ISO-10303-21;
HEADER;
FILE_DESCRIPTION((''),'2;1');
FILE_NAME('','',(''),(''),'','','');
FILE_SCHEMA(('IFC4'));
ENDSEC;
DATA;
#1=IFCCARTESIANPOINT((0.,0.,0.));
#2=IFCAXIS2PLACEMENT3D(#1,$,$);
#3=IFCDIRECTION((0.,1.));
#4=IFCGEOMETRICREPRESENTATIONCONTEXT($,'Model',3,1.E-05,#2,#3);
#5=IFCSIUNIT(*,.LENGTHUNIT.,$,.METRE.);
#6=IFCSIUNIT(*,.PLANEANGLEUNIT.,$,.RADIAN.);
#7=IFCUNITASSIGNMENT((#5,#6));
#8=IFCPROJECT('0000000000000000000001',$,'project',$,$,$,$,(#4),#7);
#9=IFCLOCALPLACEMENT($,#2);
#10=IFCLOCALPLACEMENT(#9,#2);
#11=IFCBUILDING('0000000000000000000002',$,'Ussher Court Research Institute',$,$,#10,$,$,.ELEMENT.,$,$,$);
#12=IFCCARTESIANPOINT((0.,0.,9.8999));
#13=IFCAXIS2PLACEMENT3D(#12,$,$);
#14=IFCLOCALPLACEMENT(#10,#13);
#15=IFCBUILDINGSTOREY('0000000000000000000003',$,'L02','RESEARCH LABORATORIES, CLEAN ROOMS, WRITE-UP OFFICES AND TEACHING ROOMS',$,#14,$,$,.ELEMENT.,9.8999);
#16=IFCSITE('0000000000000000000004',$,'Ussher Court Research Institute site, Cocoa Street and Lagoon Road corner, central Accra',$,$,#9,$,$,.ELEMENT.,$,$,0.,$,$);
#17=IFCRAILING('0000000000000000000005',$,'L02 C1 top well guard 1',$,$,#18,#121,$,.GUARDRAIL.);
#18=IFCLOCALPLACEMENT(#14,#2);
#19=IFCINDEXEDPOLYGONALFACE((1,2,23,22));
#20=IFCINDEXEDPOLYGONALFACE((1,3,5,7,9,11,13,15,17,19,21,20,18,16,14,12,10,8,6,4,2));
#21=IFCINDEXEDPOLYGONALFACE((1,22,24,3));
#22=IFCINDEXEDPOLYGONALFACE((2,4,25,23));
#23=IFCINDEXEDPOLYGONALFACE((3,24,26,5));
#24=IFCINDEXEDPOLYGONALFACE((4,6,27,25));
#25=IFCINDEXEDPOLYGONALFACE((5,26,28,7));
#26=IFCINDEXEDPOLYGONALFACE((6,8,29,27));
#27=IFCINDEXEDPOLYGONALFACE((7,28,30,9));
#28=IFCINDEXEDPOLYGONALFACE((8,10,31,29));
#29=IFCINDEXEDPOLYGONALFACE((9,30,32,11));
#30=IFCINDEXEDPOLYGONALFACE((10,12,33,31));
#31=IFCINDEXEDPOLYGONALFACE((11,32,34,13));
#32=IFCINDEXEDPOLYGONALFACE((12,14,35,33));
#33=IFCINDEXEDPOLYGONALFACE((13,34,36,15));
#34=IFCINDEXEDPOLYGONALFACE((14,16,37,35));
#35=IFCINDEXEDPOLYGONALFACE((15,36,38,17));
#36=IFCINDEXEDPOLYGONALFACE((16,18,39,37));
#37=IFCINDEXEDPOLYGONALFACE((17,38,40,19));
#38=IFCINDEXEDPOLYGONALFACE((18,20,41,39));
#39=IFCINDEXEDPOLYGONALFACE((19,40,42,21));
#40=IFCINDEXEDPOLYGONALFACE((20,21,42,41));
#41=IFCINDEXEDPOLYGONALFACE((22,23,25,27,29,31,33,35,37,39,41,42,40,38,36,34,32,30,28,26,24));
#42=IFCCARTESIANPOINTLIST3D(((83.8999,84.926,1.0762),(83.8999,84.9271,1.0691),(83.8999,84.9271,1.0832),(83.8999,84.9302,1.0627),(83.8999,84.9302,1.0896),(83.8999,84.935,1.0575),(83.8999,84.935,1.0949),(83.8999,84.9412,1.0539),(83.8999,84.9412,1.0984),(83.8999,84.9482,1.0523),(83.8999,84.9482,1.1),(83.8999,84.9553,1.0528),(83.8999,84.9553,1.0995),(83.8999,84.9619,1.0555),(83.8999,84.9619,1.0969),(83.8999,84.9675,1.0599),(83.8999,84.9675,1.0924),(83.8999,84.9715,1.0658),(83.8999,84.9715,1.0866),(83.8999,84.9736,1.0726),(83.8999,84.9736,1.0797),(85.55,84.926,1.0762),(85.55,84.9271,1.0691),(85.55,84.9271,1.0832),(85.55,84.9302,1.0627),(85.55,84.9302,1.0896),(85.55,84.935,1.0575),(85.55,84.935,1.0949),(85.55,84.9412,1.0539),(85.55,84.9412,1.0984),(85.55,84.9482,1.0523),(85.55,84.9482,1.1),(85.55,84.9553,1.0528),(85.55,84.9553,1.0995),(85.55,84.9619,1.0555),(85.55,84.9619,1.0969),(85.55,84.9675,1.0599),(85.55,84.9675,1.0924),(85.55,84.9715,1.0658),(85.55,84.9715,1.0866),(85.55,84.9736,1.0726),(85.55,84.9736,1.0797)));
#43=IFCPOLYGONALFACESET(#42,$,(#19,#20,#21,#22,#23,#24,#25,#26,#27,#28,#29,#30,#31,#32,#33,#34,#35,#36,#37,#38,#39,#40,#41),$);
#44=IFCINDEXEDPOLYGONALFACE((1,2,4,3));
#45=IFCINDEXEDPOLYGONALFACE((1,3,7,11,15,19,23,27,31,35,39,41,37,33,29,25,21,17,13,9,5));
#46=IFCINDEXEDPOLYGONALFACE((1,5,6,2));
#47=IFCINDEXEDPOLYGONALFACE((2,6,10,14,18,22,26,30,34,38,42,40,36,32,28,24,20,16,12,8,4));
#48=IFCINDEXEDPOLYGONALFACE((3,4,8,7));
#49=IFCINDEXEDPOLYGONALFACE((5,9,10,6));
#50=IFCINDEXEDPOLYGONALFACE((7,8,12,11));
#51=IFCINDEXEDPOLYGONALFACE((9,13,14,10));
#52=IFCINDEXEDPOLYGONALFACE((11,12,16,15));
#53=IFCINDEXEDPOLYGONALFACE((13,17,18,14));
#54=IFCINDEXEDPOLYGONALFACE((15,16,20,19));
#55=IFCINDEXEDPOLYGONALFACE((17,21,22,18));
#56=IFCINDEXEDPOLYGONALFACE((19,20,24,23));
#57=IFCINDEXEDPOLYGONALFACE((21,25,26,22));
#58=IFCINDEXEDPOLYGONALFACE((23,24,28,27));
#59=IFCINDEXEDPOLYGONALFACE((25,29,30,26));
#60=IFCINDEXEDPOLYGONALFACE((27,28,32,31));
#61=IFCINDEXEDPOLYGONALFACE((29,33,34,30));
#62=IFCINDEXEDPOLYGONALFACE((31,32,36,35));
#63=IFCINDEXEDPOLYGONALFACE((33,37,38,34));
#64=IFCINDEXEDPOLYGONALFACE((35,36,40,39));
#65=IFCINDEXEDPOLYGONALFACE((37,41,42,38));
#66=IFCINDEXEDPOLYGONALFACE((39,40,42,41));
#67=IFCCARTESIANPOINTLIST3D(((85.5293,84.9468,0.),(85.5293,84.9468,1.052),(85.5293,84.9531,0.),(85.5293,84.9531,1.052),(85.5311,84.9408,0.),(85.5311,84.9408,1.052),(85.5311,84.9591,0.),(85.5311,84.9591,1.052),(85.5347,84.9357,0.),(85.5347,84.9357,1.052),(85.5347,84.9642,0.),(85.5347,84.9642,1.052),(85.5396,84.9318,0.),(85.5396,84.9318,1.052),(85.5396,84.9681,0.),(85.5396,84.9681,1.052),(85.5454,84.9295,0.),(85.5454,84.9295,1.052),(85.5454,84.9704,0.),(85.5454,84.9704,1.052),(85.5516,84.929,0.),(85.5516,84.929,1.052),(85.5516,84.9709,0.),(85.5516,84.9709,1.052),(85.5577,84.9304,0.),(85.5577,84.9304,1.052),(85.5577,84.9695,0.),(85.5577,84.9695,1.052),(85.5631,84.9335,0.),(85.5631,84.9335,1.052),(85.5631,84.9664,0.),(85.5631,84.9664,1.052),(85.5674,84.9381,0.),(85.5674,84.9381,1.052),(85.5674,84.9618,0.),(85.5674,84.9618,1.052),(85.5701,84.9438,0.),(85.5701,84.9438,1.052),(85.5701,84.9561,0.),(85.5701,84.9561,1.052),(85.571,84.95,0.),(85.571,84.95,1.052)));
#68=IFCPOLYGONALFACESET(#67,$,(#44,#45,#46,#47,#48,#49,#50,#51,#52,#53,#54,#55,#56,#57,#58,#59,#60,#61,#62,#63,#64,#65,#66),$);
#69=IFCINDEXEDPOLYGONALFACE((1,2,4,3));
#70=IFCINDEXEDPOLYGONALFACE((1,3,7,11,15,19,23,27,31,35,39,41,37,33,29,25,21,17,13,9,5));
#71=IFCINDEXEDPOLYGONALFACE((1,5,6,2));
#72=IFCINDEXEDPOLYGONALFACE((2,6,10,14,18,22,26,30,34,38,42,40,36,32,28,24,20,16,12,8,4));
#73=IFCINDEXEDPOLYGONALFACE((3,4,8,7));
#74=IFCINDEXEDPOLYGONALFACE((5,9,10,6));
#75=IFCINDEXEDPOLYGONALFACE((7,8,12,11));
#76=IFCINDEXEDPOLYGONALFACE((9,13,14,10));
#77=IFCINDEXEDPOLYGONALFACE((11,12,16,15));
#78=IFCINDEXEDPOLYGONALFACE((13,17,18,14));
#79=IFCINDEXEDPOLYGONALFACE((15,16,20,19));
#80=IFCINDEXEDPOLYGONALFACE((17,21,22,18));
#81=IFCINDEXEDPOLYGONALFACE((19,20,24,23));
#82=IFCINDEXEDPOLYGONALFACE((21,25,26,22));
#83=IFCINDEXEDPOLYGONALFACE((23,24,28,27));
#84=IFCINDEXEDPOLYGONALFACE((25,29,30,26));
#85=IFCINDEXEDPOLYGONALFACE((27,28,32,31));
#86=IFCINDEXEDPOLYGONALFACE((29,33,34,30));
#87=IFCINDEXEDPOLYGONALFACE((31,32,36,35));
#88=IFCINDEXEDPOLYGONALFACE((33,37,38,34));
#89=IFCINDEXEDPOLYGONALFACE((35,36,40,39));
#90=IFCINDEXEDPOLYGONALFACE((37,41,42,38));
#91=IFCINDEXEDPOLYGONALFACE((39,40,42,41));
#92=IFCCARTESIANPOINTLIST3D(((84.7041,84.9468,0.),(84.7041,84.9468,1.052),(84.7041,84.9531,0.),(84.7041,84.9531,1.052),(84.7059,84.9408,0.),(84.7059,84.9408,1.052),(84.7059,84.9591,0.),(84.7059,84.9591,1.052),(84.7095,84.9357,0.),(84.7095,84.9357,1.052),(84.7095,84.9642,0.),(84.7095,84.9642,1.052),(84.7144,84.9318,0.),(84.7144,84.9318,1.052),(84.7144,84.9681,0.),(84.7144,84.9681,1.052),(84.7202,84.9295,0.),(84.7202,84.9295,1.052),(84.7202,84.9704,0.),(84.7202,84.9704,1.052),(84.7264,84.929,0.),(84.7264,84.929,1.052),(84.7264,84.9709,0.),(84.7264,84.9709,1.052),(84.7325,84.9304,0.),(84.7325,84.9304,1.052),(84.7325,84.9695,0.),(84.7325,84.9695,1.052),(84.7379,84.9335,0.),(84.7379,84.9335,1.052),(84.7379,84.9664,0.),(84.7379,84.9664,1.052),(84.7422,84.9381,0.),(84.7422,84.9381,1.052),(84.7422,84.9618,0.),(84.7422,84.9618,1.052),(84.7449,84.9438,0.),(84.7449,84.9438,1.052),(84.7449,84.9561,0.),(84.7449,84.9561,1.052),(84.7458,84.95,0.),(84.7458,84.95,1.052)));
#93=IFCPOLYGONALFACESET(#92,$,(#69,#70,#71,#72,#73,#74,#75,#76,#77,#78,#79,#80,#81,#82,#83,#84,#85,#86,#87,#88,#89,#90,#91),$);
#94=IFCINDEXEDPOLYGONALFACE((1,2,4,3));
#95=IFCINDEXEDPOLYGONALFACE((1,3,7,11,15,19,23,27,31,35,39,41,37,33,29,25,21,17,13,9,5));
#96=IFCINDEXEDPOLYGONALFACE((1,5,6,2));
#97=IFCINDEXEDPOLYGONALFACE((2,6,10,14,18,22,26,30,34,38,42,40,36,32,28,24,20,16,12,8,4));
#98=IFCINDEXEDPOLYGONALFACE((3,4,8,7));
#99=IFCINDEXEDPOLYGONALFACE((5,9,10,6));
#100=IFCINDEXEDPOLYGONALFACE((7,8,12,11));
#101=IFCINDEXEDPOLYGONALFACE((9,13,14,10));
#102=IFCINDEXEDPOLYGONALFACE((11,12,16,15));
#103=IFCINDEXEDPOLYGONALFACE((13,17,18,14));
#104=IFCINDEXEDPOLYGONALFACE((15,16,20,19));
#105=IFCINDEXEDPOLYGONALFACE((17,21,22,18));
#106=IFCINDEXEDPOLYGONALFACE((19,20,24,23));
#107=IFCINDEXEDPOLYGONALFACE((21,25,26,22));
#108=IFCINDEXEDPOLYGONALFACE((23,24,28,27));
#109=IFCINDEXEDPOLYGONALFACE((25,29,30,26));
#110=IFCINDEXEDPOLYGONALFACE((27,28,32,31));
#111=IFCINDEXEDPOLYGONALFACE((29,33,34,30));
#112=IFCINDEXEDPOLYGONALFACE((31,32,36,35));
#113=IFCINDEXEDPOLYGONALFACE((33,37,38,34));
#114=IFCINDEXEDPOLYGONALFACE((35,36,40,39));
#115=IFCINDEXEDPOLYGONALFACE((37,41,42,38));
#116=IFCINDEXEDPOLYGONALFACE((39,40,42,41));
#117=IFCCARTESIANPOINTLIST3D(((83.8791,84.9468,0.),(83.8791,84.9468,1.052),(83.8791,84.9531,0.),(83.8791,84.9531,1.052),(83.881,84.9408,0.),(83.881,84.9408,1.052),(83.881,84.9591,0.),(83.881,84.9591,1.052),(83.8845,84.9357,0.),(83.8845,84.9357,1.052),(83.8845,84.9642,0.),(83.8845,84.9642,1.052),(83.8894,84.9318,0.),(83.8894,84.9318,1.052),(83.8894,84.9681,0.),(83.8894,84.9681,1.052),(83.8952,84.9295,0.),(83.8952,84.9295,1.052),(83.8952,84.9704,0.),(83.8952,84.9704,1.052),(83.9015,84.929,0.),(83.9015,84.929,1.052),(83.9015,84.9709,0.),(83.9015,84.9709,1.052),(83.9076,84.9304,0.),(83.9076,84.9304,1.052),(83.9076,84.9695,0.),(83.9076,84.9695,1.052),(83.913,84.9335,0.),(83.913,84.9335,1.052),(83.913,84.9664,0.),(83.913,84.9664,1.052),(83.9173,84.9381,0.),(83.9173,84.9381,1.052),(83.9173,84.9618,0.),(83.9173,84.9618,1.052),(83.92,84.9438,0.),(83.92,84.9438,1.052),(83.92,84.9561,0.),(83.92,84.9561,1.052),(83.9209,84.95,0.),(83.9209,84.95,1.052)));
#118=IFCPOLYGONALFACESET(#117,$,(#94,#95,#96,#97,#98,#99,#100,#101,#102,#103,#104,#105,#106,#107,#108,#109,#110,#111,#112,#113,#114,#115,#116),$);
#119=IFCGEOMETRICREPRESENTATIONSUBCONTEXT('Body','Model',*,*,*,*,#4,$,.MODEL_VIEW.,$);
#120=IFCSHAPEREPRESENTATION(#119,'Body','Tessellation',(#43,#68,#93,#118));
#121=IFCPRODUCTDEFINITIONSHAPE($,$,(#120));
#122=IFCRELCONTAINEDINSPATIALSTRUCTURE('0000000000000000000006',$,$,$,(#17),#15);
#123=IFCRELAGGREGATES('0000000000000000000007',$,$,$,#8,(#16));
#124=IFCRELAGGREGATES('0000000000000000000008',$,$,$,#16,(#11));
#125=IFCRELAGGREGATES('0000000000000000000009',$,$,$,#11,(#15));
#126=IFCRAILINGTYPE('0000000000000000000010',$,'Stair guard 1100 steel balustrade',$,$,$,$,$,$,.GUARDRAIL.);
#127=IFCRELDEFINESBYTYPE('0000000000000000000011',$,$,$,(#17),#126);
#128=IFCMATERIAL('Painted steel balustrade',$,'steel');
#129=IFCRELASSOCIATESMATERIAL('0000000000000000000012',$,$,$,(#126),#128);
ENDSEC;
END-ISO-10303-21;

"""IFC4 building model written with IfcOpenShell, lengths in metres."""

from ifc_helpers import new_model, si_unit, direction, frame, origin, origin_2d, place, context, subcontext, project, spatial, circle, extrude, material, type_object, element, save


model = new_model("IFC4")

# Units and contexts
model_context = context("Model", 3, precision=1e-05, world=origin(), true_north=direction((0.0, 1.0)))
body_context = subcontext(model_context, "Body", "Model", "MODEL_VIEW")
ifc_project = project(units=[si_unit("LENGTHUNIT", "METRE"), si_unit("PLANEANGLEUNIT", "RADIAN")], contexts=[model_context])

# Site, building, storey
site_placement = place(None, origin())
site = spatial("IfcSite", under=ifc_project, at=site_placement, Name="Ussher Court Research Institute site, Cocoa Street and Lagoon Road corner, central Accra", CompositionType="ELEMENT", RefElevation=0.0)
building_placement = place(site_placement, origin())
building = spatial("IfcBuilding", under=site, at=building_placement, Name="Ussher Court Research Institute", CompositionType="ELEMENT")
storey_placement = place(building_placement, frame((0.0, 0.0, 9.8999)))
storey = spatial("IfcBuildingStorey", under=building, at=storey_placement, Name="L02", Description="RESEARCH LABORATORIES, CLEAN ROOMS, WRITE-UP OFFICES AND TEACHING ROOMS", CompositionType="ELEMENT", Elevation=9.8999)

# Railing
ifc_material_1 = material(Name="Painted steel balustrade", Category="steel")
railing_type_1 = type_object("IfcRailingType", Name="Stair guard 1100 steel balustrade", PredefinedType="GUARDRAIL", material=ifc_material_1)
railing_1_placement = place(storey_placement, frame((85.55, 84.95, 0.0)))
element("IfcRailing", 1, at=railing_1_placement, inside=storey, type_object=railing_type_1, Name="L02 C1 top well guard 1", PredefinedType="GUARDRAIL", context=body_context, shape_type="SweptSolid", body=[
    extrude(circle(Radius=0.0239, at=origin_2d()), frame((0.0, 0.0, 1.0762), z_axis=(-1.0, 0.0, 0.0), x_axis=(0.0, -1.0, 0.0)), (0.0, 0.0, 1.0), 1.6501),
    extrude(circle(Radius=0.021, at=origin_2d()), origin(), (0.0, 0.0, 1.0), 1.052),
    extrude(circle(Radius=0.021, at=origin_2d()), frame((-0.8252, 0.0, 0.0)), (0.0, 0.0, 1.0), 1.052),
    extrude(circle(Radius=0.021, at=origin_2d()), frame((-1.6501, 0.0, 0.0)), (0.0, 0.0, 1.0), 1.052),
])

save(model, "model.ifc")
